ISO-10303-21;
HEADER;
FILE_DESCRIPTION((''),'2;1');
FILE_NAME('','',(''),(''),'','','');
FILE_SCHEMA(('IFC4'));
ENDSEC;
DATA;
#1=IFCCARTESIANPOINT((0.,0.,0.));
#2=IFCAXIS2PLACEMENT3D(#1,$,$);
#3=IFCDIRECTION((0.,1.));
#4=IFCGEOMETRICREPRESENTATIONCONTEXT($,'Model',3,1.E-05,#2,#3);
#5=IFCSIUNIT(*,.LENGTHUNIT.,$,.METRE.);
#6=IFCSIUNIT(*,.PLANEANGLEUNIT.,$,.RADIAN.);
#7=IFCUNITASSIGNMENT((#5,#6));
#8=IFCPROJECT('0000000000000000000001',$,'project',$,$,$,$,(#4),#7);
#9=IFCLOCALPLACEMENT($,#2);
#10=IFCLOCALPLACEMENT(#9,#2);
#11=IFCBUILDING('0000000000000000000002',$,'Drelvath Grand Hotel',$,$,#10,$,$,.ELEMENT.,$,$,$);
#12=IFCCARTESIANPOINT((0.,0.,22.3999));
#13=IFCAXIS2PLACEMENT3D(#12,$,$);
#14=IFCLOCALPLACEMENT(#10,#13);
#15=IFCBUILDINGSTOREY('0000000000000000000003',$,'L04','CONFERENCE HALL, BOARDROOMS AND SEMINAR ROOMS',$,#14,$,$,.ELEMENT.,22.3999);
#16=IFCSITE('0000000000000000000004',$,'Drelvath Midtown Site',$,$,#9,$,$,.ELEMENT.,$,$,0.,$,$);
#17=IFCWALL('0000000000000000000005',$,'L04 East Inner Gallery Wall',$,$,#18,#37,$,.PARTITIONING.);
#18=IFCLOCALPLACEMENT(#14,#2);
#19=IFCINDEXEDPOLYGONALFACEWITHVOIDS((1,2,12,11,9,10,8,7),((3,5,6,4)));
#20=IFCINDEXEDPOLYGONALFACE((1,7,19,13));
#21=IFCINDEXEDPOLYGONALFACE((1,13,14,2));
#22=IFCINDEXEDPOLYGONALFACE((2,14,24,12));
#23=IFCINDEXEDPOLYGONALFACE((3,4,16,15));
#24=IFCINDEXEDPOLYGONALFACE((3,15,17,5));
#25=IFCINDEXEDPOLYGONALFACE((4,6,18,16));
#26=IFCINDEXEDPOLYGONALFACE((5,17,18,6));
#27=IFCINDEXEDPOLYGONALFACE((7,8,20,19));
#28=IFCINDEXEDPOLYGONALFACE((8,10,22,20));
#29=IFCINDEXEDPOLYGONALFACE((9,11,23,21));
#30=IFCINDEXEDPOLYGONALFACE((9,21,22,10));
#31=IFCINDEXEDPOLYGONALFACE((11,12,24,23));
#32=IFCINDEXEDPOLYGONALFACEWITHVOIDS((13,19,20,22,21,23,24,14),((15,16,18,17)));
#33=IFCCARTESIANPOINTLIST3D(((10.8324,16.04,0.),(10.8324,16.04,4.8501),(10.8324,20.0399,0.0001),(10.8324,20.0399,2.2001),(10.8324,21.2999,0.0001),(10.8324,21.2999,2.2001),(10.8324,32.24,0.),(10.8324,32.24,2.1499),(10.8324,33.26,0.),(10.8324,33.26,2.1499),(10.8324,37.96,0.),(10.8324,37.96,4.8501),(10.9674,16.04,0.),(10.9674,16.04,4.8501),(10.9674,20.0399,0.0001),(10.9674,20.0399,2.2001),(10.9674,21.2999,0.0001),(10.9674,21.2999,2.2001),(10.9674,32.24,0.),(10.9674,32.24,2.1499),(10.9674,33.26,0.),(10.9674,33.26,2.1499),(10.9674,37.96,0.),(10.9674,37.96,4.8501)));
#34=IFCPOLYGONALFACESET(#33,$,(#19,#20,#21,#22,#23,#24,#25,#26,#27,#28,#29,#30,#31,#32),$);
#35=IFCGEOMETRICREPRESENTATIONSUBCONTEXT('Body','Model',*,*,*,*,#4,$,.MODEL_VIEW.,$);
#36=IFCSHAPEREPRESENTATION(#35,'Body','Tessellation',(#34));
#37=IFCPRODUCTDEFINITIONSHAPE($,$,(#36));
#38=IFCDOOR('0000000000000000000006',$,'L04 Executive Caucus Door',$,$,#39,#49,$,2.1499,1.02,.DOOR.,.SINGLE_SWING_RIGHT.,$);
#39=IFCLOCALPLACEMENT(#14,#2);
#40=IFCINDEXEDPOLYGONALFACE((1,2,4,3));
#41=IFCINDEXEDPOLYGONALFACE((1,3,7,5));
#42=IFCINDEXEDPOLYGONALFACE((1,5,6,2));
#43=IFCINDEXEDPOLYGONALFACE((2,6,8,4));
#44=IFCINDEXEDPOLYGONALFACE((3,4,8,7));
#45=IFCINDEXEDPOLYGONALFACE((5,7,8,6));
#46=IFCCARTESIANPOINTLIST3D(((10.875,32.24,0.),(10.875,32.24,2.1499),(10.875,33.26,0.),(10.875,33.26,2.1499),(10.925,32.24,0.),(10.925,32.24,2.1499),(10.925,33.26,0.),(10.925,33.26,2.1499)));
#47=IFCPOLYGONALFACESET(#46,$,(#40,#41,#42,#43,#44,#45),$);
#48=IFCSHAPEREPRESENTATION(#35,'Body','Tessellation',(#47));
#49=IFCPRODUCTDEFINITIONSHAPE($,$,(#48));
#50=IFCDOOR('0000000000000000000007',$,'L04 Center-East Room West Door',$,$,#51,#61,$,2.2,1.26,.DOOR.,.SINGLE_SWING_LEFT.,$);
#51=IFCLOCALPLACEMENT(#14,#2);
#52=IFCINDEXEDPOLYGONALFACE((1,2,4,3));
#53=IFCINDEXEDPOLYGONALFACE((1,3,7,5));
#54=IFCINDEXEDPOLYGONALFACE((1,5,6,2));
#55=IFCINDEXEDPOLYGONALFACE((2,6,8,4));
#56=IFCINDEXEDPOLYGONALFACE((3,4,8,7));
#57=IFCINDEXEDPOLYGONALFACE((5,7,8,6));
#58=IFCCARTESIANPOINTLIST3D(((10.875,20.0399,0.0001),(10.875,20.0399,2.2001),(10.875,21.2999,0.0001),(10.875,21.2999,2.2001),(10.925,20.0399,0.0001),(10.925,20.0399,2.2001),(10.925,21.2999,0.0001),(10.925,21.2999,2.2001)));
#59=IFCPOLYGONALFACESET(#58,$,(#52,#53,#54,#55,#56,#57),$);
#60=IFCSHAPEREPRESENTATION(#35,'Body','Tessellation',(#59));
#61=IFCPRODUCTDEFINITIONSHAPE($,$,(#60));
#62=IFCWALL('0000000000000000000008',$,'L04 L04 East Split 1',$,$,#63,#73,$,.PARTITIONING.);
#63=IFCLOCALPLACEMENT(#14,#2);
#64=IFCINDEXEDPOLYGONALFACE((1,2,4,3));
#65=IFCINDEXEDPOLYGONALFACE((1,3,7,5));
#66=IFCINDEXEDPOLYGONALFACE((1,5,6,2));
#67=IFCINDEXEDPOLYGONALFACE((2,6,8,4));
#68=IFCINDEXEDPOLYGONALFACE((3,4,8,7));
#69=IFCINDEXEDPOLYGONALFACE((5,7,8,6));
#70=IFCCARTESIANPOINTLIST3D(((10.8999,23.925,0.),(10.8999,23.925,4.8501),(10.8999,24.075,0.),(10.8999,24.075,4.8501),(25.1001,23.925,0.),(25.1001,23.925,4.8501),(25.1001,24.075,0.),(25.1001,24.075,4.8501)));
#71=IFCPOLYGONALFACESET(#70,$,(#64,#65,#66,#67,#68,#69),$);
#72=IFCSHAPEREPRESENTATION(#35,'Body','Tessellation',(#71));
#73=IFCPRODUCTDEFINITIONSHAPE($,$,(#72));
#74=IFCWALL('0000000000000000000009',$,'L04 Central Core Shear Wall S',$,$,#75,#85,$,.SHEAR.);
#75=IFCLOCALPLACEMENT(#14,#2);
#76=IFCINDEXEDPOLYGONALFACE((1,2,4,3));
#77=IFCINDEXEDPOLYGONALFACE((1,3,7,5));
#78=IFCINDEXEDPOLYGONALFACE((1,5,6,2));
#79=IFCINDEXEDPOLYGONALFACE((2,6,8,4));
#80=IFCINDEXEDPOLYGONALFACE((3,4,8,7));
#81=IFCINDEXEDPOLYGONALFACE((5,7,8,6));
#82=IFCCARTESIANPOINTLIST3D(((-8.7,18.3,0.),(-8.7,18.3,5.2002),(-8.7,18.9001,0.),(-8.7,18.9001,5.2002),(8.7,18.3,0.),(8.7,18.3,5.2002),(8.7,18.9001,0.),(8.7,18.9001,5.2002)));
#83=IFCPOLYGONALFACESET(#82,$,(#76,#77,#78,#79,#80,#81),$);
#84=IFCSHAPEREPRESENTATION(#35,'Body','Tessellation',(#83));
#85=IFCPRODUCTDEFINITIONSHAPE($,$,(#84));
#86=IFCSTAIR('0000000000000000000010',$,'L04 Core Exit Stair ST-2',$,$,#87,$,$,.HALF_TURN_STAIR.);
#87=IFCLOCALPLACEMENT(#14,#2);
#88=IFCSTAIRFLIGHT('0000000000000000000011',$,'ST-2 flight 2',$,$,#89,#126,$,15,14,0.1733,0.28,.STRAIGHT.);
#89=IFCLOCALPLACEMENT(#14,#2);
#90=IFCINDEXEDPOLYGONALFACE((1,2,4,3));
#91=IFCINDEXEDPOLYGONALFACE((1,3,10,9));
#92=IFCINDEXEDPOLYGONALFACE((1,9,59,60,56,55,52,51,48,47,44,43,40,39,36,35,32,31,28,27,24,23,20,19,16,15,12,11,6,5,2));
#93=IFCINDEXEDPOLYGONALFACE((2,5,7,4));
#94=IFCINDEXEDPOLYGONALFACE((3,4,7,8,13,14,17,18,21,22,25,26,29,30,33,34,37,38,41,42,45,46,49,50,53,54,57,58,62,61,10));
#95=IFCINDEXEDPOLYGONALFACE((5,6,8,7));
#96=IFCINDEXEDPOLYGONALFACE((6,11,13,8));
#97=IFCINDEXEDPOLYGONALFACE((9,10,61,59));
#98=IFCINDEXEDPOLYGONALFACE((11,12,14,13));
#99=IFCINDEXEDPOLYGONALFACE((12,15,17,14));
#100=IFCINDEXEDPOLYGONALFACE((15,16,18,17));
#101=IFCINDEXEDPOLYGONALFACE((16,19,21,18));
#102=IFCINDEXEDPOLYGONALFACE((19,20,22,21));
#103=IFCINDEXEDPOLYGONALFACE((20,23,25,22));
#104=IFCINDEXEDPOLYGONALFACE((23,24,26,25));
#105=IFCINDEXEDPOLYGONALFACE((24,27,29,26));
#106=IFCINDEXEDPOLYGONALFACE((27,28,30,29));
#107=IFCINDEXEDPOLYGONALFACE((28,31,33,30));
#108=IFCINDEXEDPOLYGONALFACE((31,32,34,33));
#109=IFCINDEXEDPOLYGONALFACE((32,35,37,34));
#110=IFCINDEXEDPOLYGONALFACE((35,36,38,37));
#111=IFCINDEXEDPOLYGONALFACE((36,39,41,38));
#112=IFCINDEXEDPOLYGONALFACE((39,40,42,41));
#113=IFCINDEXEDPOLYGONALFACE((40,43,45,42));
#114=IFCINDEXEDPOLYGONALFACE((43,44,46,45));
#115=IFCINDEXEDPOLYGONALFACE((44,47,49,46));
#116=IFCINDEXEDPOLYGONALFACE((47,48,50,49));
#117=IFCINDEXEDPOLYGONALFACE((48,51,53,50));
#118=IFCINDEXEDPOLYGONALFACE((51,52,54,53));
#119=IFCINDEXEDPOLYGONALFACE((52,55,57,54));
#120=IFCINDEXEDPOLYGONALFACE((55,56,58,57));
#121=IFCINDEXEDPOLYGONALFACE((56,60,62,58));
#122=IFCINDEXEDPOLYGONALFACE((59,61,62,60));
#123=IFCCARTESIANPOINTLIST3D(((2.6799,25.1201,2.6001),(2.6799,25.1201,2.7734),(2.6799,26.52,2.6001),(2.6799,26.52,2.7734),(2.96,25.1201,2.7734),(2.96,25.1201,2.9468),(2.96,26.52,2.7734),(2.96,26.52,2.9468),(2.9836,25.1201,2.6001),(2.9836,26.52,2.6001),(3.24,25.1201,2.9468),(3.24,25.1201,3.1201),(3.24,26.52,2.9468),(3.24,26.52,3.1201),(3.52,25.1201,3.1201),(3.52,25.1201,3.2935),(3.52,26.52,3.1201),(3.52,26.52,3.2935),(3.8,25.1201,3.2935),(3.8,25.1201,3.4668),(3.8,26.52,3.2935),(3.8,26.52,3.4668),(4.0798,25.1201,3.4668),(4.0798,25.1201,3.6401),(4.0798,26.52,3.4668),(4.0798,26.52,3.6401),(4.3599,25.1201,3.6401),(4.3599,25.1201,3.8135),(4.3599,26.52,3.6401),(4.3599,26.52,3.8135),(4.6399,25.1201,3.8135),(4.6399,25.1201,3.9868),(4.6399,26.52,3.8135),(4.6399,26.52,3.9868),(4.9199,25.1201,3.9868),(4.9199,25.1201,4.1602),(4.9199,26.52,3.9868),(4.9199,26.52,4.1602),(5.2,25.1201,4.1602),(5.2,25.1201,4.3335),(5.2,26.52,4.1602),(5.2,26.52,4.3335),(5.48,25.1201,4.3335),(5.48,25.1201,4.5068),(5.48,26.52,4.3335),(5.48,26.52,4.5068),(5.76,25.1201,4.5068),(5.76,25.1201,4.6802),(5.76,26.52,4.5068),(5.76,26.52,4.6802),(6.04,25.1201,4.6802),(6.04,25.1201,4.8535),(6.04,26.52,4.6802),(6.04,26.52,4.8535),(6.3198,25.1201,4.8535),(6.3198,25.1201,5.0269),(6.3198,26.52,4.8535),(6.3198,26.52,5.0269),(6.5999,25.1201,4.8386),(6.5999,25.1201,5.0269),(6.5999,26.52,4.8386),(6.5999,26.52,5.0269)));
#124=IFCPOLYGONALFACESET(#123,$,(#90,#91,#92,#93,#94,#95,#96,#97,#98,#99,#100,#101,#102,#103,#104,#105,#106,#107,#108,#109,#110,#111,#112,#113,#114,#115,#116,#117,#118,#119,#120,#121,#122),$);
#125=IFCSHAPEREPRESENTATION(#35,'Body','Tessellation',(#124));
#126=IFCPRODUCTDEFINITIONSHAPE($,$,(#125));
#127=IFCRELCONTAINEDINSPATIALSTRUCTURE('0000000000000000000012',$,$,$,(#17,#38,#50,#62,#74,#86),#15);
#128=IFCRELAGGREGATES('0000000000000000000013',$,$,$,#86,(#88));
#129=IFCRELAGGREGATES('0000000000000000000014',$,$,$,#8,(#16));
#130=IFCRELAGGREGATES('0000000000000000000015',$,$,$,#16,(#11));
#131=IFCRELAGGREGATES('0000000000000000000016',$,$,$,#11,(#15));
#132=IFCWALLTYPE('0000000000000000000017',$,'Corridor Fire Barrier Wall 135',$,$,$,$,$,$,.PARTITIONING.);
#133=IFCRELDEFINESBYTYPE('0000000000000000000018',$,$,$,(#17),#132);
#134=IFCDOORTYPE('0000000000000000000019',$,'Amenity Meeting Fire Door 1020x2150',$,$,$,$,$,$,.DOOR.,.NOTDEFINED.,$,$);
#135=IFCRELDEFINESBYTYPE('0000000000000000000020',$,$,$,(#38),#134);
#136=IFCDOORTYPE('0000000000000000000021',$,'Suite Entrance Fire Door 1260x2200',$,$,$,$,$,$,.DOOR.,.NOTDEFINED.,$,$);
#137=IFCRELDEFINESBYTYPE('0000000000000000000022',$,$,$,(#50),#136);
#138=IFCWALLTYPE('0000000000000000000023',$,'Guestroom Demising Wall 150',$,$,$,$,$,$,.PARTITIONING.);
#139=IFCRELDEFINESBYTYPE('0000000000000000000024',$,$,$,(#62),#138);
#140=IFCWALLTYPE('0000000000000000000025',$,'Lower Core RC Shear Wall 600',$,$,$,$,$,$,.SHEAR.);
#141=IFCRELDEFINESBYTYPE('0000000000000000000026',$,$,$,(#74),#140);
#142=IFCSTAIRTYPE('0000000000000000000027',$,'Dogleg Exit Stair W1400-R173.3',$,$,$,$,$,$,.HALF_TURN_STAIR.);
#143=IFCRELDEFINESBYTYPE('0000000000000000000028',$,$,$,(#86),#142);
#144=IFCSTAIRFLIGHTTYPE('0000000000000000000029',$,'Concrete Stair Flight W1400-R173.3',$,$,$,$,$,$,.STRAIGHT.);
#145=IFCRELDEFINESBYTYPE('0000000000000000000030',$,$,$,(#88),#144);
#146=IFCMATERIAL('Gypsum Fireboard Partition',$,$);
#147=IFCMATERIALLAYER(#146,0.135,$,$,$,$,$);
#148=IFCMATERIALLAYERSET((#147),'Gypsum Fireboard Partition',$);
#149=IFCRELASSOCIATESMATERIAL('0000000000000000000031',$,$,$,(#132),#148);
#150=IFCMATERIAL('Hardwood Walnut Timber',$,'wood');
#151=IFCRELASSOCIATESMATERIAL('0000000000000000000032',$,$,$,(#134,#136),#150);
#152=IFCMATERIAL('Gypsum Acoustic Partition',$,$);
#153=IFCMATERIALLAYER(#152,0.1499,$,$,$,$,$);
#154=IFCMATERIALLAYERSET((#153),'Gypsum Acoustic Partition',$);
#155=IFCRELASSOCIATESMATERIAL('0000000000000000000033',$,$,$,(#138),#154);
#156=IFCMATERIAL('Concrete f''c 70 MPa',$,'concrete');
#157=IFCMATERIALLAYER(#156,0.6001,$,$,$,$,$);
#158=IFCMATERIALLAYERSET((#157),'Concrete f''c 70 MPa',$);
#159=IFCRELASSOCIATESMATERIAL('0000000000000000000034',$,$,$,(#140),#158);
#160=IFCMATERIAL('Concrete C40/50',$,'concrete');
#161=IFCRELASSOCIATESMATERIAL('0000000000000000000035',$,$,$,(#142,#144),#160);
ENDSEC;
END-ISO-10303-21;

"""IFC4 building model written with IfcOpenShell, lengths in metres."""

from ifc_helpers import new_model, si_unit, direction, frame, frame_2d, origin, place, context, subcontext, project, spatial, polyline, rectangle, outline, extrude, material, layer, layer_set, type_object, element, fill, aggregate, save


model = new_model("IFC4")

# Units and contexts
model_context = context("Model", 3, precision=1e-05, world=origin(), true_north=direction((0.0, 1.0)))
body_context = subcontext(model_context, "Body", "Model", "MODEL_VIEW")
ifc_project = project(units=[si_unit("LENGTHUNIT", "METRE"), si_unit("PLANEANGLEUNIT", "RADIAN")], contexts=[model_context])

# Site, building, storey
site_placement = place(None, origin())
site = spatial("IfcSite", under=ifc_project, at=site_placement, Name="Drelvath Midtown Site", CompositionType="ELEMENT", RefElevation=0.0)
building_placement = place(site_placement, origin())
building = spatial("IfcBuilding", under=site, at=building_placement, Name="Drelvath Grand Hotel", CompositionType="ELEMENT")
storey_placement = place(building_placement, frame((0.0, 0.0, 22.3999)))
storey = spatial("IfcBuildingStorey", under=building, at=storey_placement, Name="L04", Description="CONFERENCE HALL, BOARDROOMS AND SEMINAR ROOMS", CompositionType="ELEMENT", Elevation=22.3999)

# Shared definitions
ifc_material_1 = material(Name="Concrete f'c 70 MPa", Category="concrete")

# Shared definitions
ifc_material_2 = material(Name="Concrete C40/50", Category="concrete")
ifc_material_3 = material(Name="Gypsum Fireboard Partition")

# Wall, openings, doors
ifc_layer_1 = layer(ifc_material_3, 0.135)
ifc_layer_set_1 = layer_set([ifc_layer_1], Name="Gypsum Fireboard Partition")
wall_type_1 = type_object("IfcWallType", Name="Corridor Fire Barrier Wall 135", PredefinedType="PARTITIONING", material=ifc_layer_set_1)
wall_1_placement = place(storey_placement, frame((10.8999, 16.04, 0.0), z_axis=(0.0, 0.0, 1.0), x_axis=(0.0, 1.0, 0.0)))
wall_1 = element("IfcWall", 1, at=wall_1_placement, inside=storey, type_object=wall_type_1, Name="L04 East Inner Gallery Wall", PredefinedType="PARTITIONING", context=body_context, shape_type="SweptSolid", body=[
    extrude(rectangle(XDim=21.9199, YDim=0.135, at=frame_2d((10.96, 0.0))), origin(), (0.0, 0.0, 1.0), 4.8501),
])
opening_1_placement = place(wall_1_placement, frame((16.2, 0.0, 0.0)))
opening_1 = element("IfcOpeningElement", 2, at=opening_1_placement, cuts=wall_1, PredefinedType="OPENING", context=body_context, shape_type="SweptSolid", body=[
    extrude(rectangle(XDim=1.02, YDim=2.1499, at=frame_2d((0.51, 1.075))), frame((0.0, 0.0774, 0.0), z_axis=(0.0, -1.0, 0.0), x_axis=(1.0, 0.0, 0.0)), (0.0, 0.0, 1.0), 0.155),
])
opening_2_placement = place(wall_1_placement, frame((4.0, 0.0, 0.0)))
opening_2 = element("IfcOpeningElement", 3, at=opening_2_placement, cuts=wall_1, PredefinedType="OPENING", context=body_context, shape_type="SweptSolid", body=[
    extrude(rectangle(XDim=1.26, YDim=2.2, at=frame_2d((0.6299, 1.1001))), frame((0.0, 0.0774, 0.0), z_axis=(0.0, -1.0, 0.0), x_axis=(1.0, 0.0, 0.0)), (0.0, 0.0, 1.0), 0.155),
])
ifc_material_4 = material(Name="Hardwood Walnut Timber", Category="wood")
door_type_1 = type_object("IfcDoorType", Name="Amenity Meeting Fire Door 1020x2150", OperationType="NOTDEFINED", PredefinedType="DOOR", material=ifc_material_4)
door_1_placement = place(opening_1_placement, origin())
door_1 = element("IfcDoor", 4, at=door_1_placement, inside=storey, type_object=door_type_1, Name="L04 Executive Caucus Door", OperationType="SINGLE_SWING_RIGHT", OverallHeight=2.1499, OverallWidth=1.02, PredefinedType="DOOR", context=body_context, shape_type="SweptSolid", body=[
    extrude(rectangle(XDim=1.02, YDim=2.1499, at=frame_2d((0.51, 1.075))), frame((0.0, 0.0249, 0.0), z_axis=(0.0, -1.0, 0.0), x_axis=(1.0, 0.0, 0.0)), (0.0, 0.0, 1.0), 0.05),
])
fill(opening_1, door_1)
door_type_2 = type_object("IfcDoorType", Name="Suite Entrance Fire Door 1260x2200", OperationType="NOTDEFINED", PredefinedType="DOOR", material=ifc_material_4)
door_2_placement = place(opening_2_placement, origin())
door_2 = element("IfcDoor", 5, at=door_2_placement, inside=storey, type_object=door_type_2, Name="L04 Center-East Room West Door", OperationType="SINGLE_SWING_LEFT", OverallHeight=2.2, OverallWidth=1.26, PredefinedType="DOOR", context=body_context, shape_type="SweptSolid", body=[
    extrude(rectangle(XDim=1.26, YDim=2.2, at=frame_2d((0.6299, 1.1001))), frame((0.0, 0.0249, 0.0), z_axis=(0.0, -1.0, 0.0), x_axis=(1.0, 0.0, 0.0)), (0.0, 0.0, 1.0), 0.05),
])
fill(opening_2, door_2)

# Walls
ifc_material_5 = material(Name="Gypsum Acoustic Partition")
ifc_layer_2 = layer(ifc_material_5, 0.1499)
ifc_layer_set_2 = layer_set([ifc_layer_2], Name="Gypsum Acoustic Partition")
wall_type_2 = type_object("IfcWallType", Name="Guestroom Demising Wall 150", PredefinedType="PARTITIONING", material=ifc_layer_set_2)
wall_2_placement = place(storey_placement, frame((10.8999, 24.0, 0.0), z_axis=(0.0, 0.0, 1.0), x_axis=(1.0, 0.0, 0.0)))
element("IfcWall", 6, at=wall_2_placement, inside=storey, type_object=wall_type_2, Name="L04 L04 East Split 1", PredefinedType="PARTITIONING", context=body_context, shape_type="SweptSolid", body=[
    extrude(rectangle(XDim=14.2002, YDim=0.1499, at=frame_2d((7.1001, 0.0))), origin(), (0.0, 0.0, 1.0), 4.8501),
])
ifc_layer_3 = layer(ifc_material_1, 0.6001)
ifc_layer_set_3 = layer_set([ifc_layer_3], Name="Concrete f'c 70 MPa")
wall_type_3 = type_object("IfcWallType", Name="Lower Core RC Shear Wall 600", PredefinedType="SHEAR", material=ifc_layer_set_3)
wall_3_placement = place(storey_placement, frame((8.7, 18.6001, 0.0), z_axis=(0.0, 0.0, 1.0), x_axis=(-1.0, 0.0, 0.0)))
element("IfcWall", 7, at=wall_3_placement, inside=storey, type_object=wall_type_3, Name="L04 Central Core Shear Wall S", PredefinedType="SHEAR", context=body_context, shape_type="SweptSolid", body=[
    extrude(rectangle(XDim=17.3999, YDim=0.6001, at=frame_2d((8.7, 0.0))), origin(), (0.0, 0.0, 1.0), 5.2002),
])

# Stair, stair flight
stair_type = type_object("IfcStairType", Name="Dogleg Exit Stair W1400-R173.3", PredefinedType="HALF_TURN_STAIR", material=ifc_material_2)
stair_placement = place(storey_placement, origin())
stair = element("IfcStair", 8, at=stair_placement, inside=storey, type_object=stair_type, Name="L04 Core Exit Stair ST-2", PredefinedType="HALF_TURN_STAIR")
stair_flight_type = type_object("IfcStairFlightType", Name="Concrete Stair Flight W1400-R173.3", PredefinedType="STRAIGHT", material=ifc_material_2)
stair_flight_placement = place(storey_placement, frame((2.6799, 25.8201, 2.6001), z_axis=(0.0, 0.0, 1.0), x_axis=(1.0, 0.0, 0.0)))
stair_flight = element("IfcStairFlight", 9, at=stair_flight_placement, type_object=stair_flight_type, Name="ST-2 flight 2", NumberOfRisers=15, NumberOfTreads=14, PredefinedType="STRAIGHT", RiserHeight=0.1733, TreadLength=0.28, context=body_context, shape_type="SweptSolid", body=[
    extrude(outline(polyline([(0.0, 0.0), (0.0, 0.1733), (0.28, 0.1733), (0.28, 0.3467), (0.5601, 0.3467), (0.5601, 0.52), (0.8401, 0.52), (0.8401, 0.6934), (1.1201, 0.6934), (1.1201, 0.8667), (1.3999, 0.8667), (1.3999, 1.04), (1.6799, 1.04), (1.6799, 1.2134), (1.96, 1.2134), (1.96, 1.3867), (2.24, 1.3867), (2.24, 1.5601), (2.52, 1.5601), (2.52, 1.7334), (2.8, 1.7334), (2.8, 1.9067), (3.0801, 1.9067), (3.0801, 2.0801), (3.3601, 2.0801), (3.3601, 2.2534), (3.6399, 2.2534), (3.6399, 2.4268), (3.9199, 2.4268), (3.9199, 2.6001), (3.9199, 2.2385), (0.3037, 0.0), (0.0, 0.0)])), frame((0.0, 0.7, 0.0), z_axis=(0.0, -1.0, 0.0), x_axis=(1.0, 0.0, 0.0)), (0.0, 0.0, 1.0), 1.3999),
])
aggregate(stair, [stair_flight])

save(model, "model.ifc")
